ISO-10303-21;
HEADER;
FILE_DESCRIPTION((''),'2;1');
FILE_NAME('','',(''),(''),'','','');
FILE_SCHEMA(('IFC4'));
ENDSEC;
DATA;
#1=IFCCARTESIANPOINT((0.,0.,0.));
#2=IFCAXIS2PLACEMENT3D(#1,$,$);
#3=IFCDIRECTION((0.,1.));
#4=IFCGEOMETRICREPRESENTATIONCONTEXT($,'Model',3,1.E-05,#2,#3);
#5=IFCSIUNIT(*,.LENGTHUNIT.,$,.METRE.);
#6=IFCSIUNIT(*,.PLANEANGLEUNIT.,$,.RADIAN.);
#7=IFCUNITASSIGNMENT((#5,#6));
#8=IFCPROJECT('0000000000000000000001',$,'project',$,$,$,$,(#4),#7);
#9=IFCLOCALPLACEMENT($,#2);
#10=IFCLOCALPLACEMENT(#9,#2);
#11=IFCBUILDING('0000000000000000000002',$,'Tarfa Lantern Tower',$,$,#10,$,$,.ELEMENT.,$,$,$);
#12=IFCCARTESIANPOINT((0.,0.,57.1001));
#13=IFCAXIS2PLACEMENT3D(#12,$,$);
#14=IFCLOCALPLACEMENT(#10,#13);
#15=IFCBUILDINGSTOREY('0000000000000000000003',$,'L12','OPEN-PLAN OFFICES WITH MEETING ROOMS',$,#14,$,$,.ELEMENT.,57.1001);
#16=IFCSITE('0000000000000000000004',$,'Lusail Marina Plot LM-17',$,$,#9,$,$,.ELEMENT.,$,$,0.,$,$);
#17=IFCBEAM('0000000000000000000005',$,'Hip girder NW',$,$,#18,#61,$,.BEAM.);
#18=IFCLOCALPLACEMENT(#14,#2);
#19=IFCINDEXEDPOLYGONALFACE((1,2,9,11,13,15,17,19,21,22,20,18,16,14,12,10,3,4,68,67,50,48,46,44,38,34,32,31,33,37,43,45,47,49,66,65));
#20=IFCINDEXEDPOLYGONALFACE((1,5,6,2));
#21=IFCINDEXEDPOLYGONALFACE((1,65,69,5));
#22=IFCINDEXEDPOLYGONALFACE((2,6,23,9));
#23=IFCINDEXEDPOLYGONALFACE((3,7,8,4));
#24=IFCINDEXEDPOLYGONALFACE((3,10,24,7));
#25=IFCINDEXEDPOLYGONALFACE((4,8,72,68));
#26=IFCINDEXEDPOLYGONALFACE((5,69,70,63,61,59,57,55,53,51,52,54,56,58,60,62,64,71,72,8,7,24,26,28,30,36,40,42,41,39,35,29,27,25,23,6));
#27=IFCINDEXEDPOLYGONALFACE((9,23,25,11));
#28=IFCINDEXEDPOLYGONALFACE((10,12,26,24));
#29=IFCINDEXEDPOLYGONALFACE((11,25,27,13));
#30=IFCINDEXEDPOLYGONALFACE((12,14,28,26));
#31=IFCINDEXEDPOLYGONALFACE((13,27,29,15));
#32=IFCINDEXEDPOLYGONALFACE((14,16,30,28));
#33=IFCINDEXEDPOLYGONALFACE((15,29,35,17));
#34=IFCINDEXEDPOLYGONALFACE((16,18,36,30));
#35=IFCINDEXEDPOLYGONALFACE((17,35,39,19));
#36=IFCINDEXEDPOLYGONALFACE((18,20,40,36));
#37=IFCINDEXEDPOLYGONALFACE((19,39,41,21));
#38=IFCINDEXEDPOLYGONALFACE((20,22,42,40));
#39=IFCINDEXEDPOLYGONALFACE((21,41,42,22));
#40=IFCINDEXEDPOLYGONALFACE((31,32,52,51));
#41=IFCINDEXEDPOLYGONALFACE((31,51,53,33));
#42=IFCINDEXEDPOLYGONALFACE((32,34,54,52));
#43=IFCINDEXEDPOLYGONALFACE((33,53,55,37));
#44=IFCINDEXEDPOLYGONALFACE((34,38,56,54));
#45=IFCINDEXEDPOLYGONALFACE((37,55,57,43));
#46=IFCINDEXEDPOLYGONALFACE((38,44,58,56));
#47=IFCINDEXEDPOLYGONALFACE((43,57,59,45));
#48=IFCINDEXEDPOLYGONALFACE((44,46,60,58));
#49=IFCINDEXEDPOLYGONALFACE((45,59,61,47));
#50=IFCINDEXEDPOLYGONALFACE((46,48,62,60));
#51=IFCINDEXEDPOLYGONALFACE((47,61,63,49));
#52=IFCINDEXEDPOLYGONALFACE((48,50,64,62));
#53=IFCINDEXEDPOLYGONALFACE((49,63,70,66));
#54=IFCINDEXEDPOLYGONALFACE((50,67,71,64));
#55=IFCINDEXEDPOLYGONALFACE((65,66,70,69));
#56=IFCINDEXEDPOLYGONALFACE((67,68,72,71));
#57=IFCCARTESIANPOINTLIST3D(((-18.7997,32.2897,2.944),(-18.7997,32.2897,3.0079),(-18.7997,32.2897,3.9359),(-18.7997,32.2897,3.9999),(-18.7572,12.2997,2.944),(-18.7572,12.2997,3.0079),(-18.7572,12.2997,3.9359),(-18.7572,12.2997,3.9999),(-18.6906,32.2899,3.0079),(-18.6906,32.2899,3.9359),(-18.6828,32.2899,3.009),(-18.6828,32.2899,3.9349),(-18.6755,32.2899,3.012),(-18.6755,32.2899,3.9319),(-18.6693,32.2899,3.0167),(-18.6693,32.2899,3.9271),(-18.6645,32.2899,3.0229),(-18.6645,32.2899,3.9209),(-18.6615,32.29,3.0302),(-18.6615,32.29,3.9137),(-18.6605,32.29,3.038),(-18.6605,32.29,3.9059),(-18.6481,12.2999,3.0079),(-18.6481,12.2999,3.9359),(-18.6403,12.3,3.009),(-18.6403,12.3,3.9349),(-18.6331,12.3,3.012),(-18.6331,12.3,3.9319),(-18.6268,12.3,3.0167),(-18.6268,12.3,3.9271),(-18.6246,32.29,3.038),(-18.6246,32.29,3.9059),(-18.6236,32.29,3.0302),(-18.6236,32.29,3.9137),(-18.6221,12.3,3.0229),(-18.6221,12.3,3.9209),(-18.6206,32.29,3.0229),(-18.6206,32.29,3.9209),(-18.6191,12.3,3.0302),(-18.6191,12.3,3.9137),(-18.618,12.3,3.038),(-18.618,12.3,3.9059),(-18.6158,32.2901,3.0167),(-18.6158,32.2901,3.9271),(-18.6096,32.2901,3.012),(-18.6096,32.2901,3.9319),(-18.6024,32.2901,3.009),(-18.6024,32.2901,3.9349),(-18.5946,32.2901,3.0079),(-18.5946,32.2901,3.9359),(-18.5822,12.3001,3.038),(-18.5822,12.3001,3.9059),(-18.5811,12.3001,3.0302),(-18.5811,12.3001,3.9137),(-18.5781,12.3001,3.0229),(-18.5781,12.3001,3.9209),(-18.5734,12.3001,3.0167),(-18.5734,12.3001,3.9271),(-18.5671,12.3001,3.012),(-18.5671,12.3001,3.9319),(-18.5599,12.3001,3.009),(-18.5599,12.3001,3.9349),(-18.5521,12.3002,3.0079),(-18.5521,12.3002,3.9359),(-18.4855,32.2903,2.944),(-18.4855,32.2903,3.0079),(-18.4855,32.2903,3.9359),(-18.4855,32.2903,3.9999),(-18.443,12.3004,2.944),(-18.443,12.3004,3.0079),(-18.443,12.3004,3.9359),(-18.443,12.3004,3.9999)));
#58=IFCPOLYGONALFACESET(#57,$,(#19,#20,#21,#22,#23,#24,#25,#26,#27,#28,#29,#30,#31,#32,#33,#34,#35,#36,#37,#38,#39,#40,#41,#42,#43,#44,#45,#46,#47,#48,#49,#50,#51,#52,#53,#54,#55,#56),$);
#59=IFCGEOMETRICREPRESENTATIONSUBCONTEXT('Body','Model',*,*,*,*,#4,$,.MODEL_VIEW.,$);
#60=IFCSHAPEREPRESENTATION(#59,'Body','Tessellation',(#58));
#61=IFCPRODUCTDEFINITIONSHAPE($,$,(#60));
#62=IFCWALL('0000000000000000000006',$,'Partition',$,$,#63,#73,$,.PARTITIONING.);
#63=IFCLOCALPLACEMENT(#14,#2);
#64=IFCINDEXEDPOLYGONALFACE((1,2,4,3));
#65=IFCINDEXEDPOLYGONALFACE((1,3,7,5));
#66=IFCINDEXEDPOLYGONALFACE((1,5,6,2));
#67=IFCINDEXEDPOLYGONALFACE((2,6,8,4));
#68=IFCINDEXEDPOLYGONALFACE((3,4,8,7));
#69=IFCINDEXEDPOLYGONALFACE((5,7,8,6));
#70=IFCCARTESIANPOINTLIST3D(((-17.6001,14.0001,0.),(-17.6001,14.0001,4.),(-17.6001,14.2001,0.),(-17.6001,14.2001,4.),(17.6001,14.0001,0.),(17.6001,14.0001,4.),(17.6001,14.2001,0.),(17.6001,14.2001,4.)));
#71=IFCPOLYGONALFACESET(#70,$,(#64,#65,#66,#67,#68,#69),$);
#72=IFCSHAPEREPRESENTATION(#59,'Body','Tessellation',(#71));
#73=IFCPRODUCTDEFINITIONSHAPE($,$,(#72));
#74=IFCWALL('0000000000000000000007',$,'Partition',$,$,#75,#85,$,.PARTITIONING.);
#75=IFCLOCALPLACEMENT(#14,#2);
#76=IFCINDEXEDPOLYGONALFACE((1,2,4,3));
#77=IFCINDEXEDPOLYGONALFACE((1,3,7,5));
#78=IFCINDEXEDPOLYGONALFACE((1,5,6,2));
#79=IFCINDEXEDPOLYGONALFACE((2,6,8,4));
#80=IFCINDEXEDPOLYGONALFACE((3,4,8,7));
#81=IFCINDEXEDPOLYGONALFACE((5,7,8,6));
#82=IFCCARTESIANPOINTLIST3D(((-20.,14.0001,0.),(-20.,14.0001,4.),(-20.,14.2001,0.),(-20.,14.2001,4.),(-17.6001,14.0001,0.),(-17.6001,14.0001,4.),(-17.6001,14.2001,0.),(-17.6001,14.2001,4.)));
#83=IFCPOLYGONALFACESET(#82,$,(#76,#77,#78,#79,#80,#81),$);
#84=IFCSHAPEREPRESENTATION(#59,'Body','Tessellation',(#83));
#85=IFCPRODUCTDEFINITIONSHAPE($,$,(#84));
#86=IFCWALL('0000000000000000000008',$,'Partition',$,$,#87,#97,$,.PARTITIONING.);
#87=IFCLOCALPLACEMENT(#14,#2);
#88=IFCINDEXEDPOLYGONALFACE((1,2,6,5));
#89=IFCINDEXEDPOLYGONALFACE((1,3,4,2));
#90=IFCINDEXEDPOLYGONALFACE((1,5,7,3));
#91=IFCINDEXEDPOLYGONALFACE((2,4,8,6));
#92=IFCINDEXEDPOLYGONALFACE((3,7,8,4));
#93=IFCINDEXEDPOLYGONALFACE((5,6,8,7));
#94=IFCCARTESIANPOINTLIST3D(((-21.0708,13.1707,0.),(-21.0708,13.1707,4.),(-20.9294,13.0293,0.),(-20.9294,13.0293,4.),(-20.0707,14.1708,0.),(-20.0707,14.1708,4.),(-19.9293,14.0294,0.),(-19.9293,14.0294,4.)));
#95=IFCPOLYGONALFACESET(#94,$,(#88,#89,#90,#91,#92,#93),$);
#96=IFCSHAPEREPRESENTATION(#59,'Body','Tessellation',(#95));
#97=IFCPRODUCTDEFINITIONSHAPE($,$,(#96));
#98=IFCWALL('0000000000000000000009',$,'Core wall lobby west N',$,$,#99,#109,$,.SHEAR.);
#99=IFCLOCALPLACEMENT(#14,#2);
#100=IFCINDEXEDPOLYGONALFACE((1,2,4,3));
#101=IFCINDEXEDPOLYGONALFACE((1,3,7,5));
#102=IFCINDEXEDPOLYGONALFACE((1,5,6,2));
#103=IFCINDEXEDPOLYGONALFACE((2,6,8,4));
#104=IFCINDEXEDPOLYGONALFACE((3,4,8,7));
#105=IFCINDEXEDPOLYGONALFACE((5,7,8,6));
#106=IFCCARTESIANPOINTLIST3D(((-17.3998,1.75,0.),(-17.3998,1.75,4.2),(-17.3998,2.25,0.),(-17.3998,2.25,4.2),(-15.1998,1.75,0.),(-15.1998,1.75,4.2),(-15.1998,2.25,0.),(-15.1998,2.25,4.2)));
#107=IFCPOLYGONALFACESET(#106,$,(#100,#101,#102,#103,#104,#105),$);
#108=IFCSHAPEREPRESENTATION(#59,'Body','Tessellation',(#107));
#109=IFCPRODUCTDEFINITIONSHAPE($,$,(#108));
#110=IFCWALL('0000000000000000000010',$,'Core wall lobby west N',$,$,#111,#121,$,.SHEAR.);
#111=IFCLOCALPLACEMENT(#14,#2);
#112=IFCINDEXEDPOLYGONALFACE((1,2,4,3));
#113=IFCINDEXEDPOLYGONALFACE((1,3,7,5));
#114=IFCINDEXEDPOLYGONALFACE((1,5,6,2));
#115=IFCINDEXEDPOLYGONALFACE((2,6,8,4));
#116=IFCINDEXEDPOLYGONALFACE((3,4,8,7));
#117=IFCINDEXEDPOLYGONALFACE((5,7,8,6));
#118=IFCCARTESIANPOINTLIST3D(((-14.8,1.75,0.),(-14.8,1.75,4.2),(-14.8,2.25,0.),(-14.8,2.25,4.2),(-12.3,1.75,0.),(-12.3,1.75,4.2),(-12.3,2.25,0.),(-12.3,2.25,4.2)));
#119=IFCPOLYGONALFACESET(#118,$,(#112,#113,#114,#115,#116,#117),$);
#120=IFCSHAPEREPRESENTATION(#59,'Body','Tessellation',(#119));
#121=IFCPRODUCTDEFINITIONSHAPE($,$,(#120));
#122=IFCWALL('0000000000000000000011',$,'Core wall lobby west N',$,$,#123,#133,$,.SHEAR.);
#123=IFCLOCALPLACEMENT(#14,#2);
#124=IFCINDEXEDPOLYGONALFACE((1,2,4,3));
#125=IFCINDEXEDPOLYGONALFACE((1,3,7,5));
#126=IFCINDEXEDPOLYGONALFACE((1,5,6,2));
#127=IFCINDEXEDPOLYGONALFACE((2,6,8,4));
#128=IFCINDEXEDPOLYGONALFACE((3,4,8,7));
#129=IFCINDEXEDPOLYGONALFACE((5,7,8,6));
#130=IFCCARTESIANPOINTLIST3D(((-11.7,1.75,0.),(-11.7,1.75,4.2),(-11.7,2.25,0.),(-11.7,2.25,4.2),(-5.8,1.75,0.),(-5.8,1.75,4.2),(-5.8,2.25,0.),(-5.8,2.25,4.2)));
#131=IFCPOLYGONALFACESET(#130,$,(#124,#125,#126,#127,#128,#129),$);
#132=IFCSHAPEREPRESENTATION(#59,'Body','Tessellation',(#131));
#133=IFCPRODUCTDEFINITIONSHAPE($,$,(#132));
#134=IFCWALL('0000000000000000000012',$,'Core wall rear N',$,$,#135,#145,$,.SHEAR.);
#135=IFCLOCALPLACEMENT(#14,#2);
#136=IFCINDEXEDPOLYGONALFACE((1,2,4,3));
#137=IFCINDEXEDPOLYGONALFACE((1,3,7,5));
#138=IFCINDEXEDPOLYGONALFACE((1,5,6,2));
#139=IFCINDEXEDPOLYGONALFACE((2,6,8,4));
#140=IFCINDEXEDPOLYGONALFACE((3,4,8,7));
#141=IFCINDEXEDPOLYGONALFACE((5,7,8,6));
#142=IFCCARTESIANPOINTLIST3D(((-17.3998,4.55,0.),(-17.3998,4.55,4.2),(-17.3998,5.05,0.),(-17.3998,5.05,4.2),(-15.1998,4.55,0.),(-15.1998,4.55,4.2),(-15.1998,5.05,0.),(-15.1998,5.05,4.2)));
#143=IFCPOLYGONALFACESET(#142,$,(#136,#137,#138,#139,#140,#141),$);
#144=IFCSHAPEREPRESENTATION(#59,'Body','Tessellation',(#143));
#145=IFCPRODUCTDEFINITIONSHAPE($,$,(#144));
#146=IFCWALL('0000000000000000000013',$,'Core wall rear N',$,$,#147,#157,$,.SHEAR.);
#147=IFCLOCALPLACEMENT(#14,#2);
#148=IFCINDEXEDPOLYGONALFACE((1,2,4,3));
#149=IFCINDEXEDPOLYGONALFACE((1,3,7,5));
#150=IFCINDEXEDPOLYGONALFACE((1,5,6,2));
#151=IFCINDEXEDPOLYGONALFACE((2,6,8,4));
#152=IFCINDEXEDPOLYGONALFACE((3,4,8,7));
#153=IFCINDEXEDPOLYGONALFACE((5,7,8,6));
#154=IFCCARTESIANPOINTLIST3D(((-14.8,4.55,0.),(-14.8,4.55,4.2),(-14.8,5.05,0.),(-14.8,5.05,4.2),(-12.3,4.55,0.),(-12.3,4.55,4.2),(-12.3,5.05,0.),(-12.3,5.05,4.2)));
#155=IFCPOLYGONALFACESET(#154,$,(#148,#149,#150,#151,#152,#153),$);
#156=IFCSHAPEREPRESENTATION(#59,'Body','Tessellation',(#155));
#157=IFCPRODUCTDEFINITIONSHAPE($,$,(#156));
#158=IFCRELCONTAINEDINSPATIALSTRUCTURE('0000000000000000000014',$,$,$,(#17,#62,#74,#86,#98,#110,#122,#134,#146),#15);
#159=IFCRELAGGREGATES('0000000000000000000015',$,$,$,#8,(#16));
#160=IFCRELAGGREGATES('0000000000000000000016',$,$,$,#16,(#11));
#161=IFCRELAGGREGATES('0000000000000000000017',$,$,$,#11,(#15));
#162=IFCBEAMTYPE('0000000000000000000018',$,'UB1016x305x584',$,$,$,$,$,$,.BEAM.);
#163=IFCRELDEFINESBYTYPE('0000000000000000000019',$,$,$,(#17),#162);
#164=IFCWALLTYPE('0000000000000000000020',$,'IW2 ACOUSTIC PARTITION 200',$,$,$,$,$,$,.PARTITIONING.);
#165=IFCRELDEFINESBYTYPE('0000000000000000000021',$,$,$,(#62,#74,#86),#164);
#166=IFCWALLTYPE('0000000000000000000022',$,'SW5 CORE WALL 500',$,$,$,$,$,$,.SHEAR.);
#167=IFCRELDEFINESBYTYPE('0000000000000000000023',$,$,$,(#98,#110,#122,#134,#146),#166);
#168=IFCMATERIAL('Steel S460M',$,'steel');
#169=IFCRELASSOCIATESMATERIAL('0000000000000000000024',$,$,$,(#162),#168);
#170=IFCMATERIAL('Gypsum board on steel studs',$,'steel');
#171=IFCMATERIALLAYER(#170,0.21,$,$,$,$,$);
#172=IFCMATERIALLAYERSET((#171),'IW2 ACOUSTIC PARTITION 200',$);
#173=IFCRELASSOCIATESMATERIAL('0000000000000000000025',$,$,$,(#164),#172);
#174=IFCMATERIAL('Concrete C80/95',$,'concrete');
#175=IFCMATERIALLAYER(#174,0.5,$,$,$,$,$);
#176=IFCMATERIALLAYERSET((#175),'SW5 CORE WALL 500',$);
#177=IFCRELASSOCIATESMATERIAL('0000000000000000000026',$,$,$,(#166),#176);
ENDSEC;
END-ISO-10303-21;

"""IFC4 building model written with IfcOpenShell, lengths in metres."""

from ifc_helpers import new_model, si_unit, direction, frame, frame_2d, origin, origin_2d, place, context, subcontext, project, spatial, rectangle, i_section, extrude, material, layer, layer_set, material_profile, profile_set, type_object, element, save


model = new_model("IFC4")

# Units and contexts
model_context = context("Model", 3, precision=1e-05, world=origin(), true_north=direction((0.0, 1.0)))
body_context = subcontext(model_context, "Body", "Model", "MODEL_VIEW")
ifc_project = project(units=[si_unit("LENGTHUNIT", "METRE"), si_unit("PLANEANGLEUNIT", "RADIAN")], contexts=[model_context])

# Site, building, storey
site_placement = place(None, origin())
site = spatial("IfcSite", under=ifc_project, at=site_placement, Name="Lusail Marina Plot LM-17", CompositionType="ELEMENT", RefElevation=0.0)
building_placement = place(site_placement, origin())
building = spatial("IfcBuilding", under=site, at=building_placement, Name="Tarfa Lantern Tower", CompositionType="ELEMENT")
storey_placement = place(building_placement, frame((0.0, 0.0, 57.1001)))
storey = spatial("IfcBuildingStorey", under=building, at=storey_placement, Name="L12", Description="OPEN-PLAN OFFICES WITH MEETING ROOMS", CompositionType="ELEMENT", Elevation=57.1001)

# Beam
ifc_material_1 = material(Name="Steel S460M", Category="steel")
ifc_material_profile = material_profile(ifc_material_1, i_section(OverallWidth=0.3142, OverallDepth=1.0559, WebThickness=0.0359, FlangeThickness=0.064, FilletRadius=0.03, at=origin_2d()), Name="UB1016x305x584")
ifc_profile_set = profile_set([ifc_material_profile], Name="Steel S460M")
beam_type = type_object("IfcBeamType", Name="UB1016x305x584", PredefinedType="BEAM", material=ifc_profile_set)
beam_placement = place(storey_placement, frame((-18.6001, 12.3, 3.4719), z_axis=(-0.002125, 0.999998, 0.0), x_axis=(-0.999998, -0.002125, 0.0)))
element("IfcBeam", 1, at=beam_placement, inside=storey, type_object=beam_type, Name="Hip girder NW", PredefinedType="BEAM", context=body_context, shape_type="SweptSolid", body=[
    extrude(i_section(OverallWidth=0.3142, OverallDepth=1.0559, WebThickness=0.0359, FlangeThickness=0.064, FilletRadius=0.03, at=origin_2d()), origin(), (0.0, 0.0, 1.0), 19.99),
])

# Walls
ifc_material_2 = material(Name="Gypsum board on steel studs", Category="steel")
ifc_layer_1 = layer(ifc_material_2, 0.21)
ifc_layer_set_1 = layer_set([ifc_layer_1], Name="IW2 ACOUSTIC PARTITION 200")
wall_type_1 = type_object("IfcWallType", Name="IW2 ACOUSTIC PARTITION 200", PredefinedType="PARTITIONING", material=ifc_layer_set_1)
wall_1_placement = place(storey_placement, frame((-17.6001, 14.1001, 0.0), z_axis=(0.0, 0.0, 1.0), x_axis=(1.0, 0.0, 0.0)))
element("IfcWall", 2, at=wall_1_placement, inside=storey, type_object=wall_type_1, Name="Partition", PredefinedType="PARTITIONING", context=body_context, shape_type="SweptSolid", body=[
    extrude(rectangle(XDim=35.2002, YDim=0.2, at=frame_2d((17.6001, 0.0))), origin(), (0.0, 0.0, 1.0), 4.0),
])
wall_2_placement = place(storey_placement, frame((-20.0, 14.1001, 0.0), z_axis=(0.0, 0.0, 1.0), x_axis=(1.0, 0.0, 0.0)))
element("IfcWall", 3, at=wall_2_placement, inside=storey, type_object=wall_type_1, Name="Partition", PredefinedType="PARTITIONING", context=body_context, shape_type="SweptSolid", body=[
    extrude(rectangle(XDim=2.3999, YDim=0.2, at=frame_2d((1.2, 0.0))), origin(), (0.0, 0.0, 1.0), 4.0),
])
wall_3_placement = place(storey_placement, frame((-21.0, 13.1001, 0.0), z_axis=(0.0, 0.0, 1.0), x_axis=(0.707107, 0.707107, 0.0)))
element("IfcWall", 4, at=wall_3_placement, inside=storey, type_object=wall_type_1, Name="Partition", PredefinedType="PARTITIONING", context=body_context, shape_type="SweptSolid", body=[
    extrude(rectangle(XDim=1.4143, YDim=0.2, at=frame_2d((0.707, 0.0))), origin(), (0.0, 0.0, 1.0), 4.0),
])

# Shared definitions
ifc_material_3 = material(Name="Concrete C80/95", Category="concrete")

# Walls
ifc_layer_2 = layer(ifc_material_3, 0.5)
ifc_layer_set_2 = layer_set([ifc_layer_2], Name="SW5 CORE WALL 500")
wall_type_2 = type_object("IfcWallType", Name="SW5 CORE WALL 500", PredefinedType="SHEAR", material=ifc_layer_set_2)
wall_4_placement = place(storey_placement, frame((-17.3999, 2.0, 0.0), z_axis=(0.0, 0.0, 1.0), x_axis=(1.0, 0.0, 0.0)))
element("IfcWall", 5, at=wall_4_placement, inside=storey, type_object=wall_type_2, Name="Core wall lobby west N", PredefinedType="SHEAR", context=body_context, shape_type="SweptSolid", body=[
    extrude(rectangle(XDim=2.2, YDim=0.5, at=frame_2d((1.1001, 0.0))), origin(), (0.0, 0.0, 1.0), 4.2),
])
wall_5_placement = place(storey_placement, frame((-14.8, 2.0, 0.0), z_axis=(0.0, 0.0, 1.0), x_axis=(1.0, 0.0, 0.0)))
element("IfcWall", 6, at=wall_5_placement, inside=storey, type_object=wall_type_2, Name="Core wall lobby west N", PredefinedType="SHEAR", context=body_context, shape_type="SweptSolid", body=[
    extrude(rectangle(XDim=2.5, YDim=0.5, at=frame_2d((1.25, 0.0))), origin(), (0.0, 0.0, 1.0), 4.2),
])
wall_6_placement = place(storey_placement, frame((-11.7, 2.0, 0.0), z_axis=(0.0, 0.0, 1.0), x_axis=(1.0, 0.0, 0.0)))
element("IfcWall", 7, at=wall_6_placement, inside=storey, type_object=wall_type_2, Name="Core wall lobby west N", PredefinedType="SHEAR", context=body_context, shape_type="SweptSolid", body=[
    extrude(rectangle(XDim=5.8999, YDim=0.5, at=frame_2d((2.95, 0.0))), origin(), (0.0, 0.0, 1.0), 4.2),
])
wall_7_placement = place(storey_placement, frame((-17.3999, 4.8, 0.0), z_axis=(0.0, 0.0, 1.0), x_axis=(1.0, 0.0, 0.0)))
element("IfcWall", 8, at=wall_7_placement, inside=storey, type_object=wall_type_2, Name="Core wall rear N", PredefinedType="SHEAR", context=body_context, shape_type="SweptSolid", body=[
    extrude(rectangle(XDim=2.2, YDim=0.5, at=frame_2d((1.1001, 0.0))), origin(), (0.0, 0.0, 1.0), 4.2),
])
wall_8_placement = place(storey_placement, frame((-14.8, 4.8, 0.0), z_axis=(0.0, 0.0, 1.0), x_axis=(1.0, 0.0, 0.0)))
element("IfcWall", 9, at=wall_8_placement, inside=storey, type_object=wall_type_2, Name="Core wall rear N", PredefinedType="SHEAR", context=body_context, shape_type="SweptSolid", body=[
    extrude(rectangle(XDim=2.5, YDim=0.5, at=frame_2d((1.25, 0.0))), origin(), (0.0, 0.0, 1.0), 4.2),
])

save(model, "model.ifc")
